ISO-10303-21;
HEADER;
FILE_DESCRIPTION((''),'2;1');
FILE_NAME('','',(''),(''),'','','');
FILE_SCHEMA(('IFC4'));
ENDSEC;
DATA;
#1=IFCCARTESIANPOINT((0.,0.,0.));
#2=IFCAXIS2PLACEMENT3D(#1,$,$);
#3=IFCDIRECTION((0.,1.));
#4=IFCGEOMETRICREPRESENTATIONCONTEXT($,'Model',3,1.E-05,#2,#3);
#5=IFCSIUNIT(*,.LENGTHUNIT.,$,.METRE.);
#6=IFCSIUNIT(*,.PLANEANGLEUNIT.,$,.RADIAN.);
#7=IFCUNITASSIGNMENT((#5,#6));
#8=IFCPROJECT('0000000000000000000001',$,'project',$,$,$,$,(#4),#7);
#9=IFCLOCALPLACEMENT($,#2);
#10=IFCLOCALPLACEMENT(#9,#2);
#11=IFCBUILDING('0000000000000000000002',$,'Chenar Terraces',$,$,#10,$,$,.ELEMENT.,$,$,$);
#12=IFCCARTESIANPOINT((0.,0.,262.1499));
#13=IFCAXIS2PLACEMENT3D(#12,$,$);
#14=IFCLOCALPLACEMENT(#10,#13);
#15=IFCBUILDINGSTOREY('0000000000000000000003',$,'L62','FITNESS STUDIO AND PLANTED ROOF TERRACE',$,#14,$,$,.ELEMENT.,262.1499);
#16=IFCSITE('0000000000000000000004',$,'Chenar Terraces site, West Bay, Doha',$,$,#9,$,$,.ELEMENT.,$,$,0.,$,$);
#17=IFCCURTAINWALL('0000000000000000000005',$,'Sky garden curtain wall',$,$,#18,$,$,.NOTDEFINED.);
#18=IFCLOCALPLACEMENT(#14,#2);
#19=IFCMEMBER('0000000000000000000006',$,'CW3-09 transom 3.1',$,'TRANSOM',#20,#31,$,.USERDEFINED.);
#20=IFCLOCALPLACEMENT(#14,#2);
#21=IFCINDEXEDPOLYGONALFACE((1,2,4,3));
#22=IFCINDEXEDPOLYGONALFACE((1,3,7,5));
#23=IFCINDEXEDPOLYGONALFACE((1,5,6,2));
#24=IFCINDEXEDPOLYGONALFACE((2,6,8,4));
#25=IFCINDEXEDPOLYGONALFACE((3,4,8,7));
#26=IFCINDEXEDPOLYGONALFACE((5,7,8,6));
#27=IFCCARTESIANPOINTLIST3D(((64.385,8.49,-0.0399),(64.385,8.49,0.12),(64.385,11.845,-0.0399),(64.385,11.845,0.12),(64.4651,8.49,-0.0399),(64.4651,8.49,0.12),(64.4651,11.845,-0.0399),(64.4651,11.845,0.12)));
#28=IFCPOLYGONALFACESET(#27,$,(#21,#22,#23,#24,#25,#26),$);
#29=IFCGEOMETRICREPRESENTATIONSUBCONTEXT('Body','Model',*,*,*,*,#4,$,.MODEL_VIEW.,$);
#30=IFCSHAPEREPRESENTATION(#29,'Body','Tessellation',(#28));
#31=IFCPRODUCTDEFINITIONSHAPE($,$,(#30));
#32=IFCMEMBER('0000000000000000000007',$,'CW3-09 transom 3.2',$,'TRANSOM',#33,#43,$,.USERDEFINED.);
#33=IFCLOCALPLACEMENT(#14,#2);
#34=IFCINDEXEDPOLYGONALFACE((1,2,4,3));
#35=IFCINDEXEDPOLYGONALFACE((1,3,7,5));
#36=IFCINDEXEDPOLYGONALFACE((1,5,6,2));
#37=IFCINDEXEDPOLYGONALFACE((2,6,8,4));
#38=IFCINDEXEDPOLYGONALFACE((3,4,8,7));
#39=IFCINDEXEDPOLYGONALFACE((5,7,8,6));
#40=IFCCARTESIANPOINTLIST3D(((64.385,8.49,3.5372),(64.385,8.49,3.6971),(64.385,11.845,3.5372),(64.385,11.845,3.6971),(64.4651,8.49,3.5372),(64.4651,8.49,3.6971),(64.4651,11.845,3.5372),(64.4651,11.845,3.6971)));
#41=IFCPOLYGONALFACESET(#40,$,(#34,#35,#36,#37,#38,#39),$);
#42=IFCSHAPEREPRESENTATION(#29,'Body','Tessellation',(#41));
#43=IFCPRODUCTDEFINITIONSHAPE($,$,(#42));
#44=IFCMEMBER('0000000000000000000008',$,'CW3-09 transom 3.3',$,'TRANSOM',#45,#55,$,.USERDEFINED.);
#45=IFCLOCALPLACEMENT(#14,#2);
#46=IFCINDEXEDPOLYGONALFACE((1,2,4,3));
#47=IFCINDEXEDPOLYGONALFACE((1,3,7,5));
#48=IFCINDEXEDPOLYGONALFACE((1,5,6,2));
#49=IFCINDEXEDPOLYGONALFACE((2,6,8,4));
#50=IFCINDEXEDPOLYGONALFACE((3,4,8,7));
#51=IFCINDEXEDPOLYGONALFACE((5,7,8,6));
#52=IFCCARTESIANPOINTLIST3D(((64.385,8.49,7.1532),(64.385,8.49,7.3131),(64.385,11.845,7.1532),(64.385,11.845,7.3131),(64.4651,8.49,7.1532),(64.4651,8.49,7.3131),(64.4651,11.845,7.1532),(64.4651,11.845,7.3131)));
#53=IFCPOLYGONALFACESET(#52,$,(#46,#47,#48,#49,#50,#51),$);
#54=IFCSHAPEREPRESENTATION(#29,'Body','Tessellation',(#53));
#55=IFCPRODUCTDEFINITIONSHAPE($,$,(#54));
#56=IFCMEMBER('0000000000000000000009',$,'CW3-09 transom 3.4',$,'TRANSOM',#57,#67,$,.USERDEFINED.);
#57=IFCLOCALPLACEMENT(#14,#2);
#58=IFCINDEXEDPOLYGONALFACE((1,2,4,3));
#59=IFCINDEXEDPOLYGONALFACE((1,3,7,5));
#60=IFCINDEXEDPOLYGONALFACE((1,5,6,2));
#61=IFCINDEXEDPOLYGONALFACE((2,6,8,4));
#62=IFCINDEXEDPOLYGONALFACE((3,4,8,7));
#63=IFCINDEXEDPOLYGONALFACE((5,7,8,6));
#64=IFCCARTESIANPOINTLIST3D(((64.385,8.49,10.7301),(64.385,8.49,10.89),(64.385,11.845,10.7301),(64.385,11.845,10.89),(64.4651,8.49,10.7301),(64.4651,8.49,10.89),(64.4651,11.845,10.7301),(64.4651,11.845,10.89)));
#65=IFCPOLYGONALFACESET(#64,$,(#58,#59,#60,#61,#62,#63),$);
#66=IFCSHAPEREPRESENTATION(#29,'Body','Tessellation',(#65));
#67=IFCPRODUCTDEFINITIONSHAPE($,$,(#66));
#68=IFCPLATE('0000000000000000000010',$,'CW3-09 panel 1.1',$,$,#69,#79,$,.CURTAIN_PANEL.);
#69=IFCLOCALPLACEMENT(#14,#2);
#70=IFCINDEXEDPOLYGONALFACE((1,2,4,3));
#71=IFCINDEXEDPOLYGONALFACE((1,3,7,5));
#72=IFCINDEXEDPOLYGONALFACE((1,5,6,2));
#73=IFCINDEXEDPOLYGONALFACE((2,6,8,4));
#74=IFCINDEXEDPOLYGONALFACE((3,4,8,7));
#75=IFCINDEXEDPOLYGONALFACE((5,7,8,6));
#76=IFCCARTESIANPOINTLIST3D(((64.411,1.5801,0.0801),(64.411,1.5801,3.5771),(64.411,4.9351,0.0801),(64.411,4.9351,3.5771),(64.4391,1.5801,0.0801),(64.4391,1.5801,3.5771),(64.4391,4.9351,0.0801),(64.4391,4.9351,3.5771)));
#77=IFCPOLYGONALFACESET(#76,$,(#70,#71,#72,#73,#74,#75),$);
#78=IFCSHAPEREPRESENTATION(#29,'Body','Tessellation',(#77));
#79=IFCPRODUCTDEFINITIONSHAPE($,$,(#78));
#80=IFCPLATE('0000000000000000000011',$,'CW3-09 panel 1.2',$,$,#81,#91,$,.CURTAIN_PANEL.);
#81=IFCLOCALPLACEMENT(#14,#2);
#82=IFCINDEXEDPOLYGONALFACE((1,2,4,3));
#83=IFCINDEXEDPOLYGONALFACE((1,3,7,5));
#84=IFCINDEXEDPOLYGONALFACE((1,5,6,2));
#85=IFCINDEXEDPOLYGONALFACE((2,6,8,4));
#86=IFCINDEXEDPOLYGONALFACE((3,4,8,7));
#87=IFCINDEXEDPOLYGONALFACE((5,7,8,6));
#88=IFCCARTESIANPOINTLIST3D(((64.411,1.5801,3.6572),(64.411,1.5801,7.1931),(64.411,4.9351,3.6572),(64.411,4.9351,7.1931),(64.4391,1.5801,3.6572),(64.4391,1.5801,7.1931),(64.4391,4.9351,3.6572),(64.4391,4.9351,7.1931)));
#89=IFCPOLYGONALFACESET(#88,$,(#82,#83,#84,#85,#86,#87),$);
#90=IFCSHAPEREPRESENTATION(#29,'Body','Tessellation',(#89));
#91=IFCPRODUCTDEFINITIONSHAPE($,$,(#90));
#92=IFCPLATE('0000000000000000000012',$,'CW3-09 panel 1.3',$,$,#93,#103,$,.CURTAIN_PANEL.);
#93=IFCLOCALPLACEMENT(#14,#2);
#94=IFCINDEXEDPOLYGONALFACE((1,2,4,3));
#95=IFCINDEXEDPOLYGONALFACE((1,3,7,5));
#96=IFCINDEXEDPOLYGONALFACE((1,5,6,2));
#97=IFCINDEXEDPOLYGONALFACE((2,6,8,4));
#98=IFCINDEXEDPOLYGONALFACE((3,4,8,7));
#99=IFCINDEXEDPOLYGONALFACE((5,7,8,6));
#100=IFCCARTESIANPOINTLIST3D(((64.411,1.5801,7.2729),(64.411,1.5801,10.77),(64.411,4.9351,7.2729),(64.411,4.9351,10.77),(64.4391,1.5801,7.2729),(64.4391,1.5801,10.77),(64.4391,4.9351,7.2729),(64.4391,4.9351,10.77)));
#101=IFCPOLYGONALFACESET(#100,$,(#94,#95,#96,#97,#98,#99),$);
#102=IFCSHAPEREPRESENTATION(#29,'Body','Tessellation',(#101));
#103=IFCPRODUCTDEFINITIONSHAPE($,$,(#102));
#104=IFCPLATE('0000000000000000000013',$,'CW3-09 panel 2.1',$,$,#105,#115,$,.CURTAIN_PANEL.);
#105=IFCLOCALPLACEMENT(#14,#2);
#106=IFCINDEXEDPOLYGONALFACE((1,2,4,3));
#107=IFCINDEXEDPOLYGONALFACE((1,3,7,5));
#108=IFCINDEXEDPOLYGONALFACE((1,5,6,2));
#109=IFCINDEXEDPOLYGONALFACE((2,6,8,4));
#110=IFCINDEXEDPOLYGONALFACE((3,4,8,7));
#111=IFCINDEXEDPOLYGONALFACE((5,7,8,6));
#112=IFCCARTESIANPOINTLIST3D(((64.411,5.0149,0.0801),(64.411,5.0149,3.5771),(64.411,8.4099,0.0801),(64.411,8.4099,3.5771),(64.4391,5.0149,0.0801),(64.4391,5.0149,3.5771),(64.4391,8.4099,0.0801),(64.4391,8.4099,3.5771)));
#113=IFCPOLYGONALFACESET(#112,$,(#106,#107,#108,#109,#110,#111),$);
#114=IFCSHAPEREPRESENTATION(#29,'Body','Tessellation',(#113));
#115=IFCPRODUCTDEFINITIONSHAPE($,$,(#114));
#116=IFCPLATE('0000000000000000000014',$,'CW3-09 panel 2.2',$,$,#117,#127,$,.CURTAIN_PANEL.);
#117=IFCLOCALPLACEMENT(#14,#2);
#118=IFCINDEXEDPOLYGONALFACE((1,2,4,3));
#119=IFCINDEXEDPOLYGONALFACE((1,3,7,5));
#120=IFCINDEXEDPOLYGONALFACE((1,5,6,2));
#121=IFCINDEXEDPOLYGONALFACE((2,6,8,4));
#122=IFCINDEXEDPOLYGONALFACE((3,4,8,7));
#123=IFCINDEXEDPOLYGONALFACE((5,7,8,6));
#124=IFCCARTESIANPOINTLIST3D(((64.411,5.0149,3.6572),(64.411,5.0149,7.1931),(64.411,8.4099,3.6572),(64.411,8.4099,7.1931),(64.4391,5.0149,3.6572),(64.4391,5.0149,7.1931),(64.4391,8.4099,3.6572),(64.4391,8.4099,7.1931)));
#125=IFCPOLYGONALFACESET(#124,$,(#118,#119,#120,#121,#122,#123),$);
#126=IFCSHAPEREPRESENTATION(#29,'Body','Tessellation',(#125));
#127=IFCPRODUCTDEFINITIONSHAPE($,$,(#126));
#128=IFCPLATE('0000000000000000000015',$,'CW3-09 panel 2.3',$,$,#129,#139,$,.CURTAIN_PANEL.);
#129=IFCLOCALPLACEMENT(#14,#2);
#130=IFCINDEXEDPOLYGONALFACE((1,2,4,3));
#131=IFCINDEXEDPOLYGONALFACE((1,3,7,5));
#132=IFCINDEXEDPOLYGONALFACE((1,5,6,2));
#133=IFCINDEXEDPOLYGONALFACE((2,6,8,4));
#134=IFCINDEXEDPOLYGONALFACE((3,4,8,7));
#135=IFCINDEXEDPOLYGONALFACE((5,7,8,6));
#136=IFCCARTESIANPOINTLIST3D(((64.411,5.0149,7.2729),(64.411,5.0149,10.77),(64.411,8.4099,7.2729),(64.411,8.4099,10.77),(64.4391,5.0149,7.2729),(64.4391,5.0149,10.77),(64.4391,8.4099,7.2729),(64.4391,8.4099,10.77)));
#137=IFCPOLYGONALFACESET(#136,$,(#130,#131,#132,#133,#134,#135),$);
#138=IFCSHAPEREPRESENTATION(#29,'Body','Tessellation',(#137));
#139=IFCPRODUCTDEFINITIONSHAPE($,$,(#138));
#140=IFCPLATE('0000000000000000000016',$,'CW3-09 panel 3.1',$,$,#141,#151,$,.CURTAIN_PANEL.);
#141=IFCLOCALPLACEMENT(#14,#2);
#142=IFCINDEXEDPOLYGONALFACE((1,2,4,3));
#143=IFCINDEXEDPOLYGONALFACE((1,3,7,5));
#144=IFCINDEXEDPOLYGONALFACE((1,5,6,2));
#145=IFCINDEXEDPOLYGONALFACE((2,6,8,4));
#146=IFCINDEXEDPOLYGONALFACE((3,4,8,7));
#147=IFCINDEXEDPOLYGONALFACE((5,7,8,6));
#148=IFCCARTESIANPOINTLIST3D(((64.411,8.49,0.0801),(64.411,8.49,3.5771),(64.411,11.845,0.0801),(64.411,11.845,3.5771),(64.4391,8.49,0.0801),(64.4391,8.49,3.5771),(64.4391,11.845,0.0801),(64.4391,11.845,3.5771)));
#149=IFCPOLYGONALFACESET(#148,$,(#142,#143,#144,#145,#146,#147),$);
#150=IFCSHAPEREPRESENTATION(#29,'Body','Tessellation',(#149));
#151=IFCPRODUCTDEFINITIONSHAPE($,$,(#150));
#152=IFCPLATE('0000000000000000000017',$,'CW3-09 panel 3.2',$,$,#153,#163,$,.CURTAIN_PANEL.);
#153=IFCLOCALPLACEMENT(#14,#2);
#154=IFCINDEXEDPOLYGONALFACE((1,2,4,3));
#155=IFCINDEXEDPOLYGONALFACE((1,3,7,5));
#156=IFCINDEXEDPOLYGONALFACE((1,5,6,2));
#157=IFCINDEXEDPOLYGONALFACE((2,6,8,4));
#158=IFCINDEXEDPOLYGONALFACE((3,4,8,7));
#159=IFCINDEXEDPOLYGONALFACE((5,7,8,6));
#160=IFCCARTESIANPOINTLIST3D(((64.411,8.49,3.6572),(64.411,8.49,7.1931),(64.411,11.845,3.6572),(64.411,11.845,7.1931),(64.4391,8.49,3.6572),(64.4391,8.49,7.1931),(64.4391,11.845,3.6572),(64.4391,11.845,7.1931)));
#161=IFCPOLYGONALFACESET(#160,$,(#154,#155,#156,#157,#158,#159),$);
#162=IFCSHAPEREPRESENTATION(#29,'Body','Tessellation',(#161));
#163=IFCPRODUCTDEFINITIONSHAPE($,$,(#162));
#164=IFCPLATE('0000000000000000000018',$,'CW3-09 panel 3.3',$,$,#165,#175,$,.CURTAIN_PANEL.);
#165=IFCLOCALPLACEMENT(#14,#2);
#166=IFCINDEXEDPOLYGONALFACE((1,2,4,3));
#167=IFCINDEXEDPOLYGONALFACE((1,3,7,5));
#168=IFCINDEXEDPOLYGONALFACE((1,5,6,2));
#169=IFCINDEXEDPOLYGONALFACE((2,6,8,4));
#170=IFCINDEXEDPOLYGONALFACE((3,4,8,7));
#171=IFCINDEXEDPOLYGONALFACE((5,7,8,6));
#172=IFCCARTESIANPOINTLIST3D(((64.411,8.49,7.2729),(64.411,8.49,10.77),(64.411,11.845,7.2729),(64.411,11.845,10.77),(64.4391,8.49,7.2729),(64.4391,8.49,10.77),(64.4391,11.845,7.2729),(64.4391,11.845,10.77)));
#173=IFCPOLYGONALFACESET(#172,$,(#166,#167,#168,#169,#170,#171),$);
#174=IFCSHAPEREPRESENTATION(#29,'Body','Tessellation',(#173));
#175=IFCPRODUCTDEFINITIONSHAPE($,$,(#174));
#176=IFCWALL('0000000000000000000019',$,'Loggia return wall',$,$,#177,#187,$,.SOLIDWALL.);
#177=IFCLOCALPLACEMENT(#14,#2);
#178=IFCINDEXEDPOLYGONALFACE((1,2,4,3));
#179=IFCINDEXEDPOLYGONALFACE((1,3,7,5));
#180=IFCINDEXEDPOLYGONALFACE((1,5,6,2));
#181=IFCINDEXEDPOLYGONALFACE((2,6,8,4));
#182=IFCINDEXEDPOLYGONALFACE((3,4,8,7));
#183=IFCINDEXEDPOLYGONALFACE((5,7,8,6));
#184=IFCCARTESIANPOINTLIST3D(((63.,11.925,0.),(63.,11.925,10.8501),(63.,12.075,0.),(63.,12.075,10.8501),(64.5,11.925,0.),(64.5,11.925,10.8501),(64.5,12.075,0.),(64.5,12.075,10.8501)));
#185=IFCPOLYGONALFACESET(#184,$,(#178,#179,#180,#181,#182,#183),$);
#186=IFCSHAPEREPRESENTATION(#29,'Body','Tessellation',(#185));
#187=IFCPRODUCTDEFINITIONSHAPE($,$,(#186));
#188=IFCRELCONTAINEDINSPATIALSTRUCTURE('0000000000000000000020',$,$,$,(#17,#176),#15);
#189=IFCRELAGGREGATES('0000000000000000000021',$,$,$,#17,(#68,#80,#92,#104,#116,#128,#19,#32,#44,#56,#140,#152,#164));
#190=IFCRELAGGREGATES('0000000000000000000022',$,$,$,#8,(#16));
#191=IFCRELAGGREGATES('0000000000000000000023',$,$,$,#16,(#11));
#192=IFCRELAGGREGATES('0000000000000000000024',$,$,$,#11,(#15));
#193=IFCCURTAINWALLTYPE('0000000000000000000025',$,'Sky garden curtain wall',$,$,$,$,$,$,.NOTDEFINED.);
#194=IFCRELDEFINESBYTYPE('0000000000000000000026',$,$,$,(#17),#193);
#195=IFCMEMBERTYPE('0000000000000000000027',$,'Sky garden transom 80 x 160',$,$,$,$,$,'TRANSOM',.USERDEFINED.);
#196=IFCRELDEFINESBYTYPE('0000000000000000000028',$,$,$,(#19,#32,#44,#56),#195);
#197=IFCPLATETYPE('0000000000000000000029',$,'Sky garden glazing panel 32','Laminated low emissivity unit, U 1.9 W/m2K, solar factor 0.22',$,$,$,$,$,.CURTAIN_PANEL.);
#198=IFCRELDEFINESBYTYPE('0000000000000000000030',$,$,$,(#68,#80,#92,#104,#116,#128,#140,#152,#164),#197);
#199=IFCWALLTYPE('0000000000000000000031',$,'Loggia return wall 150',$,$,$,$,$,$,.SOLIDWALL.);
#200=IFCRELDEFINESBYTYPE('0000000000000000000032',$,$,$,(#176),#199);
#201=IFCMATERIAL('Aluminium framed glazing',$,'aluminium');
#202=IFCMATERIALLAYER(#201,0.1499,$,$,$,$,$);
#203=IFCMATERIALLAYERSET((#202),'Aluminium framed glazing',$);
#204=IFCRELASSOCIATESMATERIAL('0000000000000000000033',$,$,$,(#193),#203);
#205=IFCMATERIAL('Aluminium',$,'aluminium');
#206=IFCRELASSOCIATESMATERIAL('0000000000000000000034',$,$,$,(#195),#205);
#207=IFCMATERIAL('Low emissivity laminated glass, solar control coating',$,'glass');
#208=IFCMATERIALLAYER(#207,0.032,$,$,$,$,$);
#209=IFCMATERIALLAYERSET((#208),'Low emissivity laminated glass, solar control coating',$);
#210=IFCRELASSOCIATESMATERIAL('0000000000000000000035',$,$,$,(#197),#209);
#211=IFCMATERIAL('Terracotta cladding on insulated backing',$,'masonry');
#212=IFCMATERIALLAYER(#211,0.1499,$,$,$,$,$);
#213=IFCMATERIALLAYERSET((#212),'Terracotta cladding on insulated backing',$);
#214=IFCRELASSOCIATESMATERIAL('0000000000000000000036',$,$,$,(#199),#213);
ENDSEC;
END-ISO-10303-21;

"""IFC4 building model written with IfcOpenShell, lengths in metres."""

from ifc_helpers import new_model, si_unit, direction, frame, frame_2d, origin, origin_2d, place, context, subcontext, project, spatial, rectangle, extrude, material, layer, layer_set, material_profile, profile_set, type_object, element, aggregate, save


model = new_model("IFC4")

# Units and contexts
model_context = context("Model", 3, precision=1e-05, world=origin(), true_north=direction((0.0, 1.0)))
body_context = subcontext(model_context, "Body", "Model", "MODEL_VIEW")
ifc_project = project(units=[si_unit("LENGTHUNIT", "METRE"), si_unit("PLANEANGLEUNIT", "RADIAN")], contexts=[model_context])

# Site, building, storey
site_placement = place(None, origin())
site = spatial("IfcSite", under=ifc_project, at=site_placement, Name="Chenar Terraces site, West Bay, Doha", CompositionType="ELEMENT", RefElevation=0.0)
building_placement = place(site_placement, origin())
building = spatial("IfcBuilding", under=site, at=building_placement, Name="Chenar Terraces", CompositionType="ELEMENT")
storey_placement = place(building_placement, frame((0.0, 0.0, 262.1499)))
storey = spatial("IfcBuildingStorey", under=building, at=storey_placement, Name="L62", Description="FITNESS STUDIO AND PLANTED ROOF TERRACE", CompositionType="ELEMENT", Elevation=262.1499)

# Curtain wall, members, plates
ifc_material_1 = material(Name="Aluminium framed glazing", Category="aluminium")
ifc_layer_1 = layer(ifc_material_1, 0.1499)
ifc_layer_set_1 = layer_set([ifc_layer_1], Name="Aluminium framed glazing")
curtain_wall_type = type_object("IfcCurtainWallType", Name="Sky garden curtain wall", PredefinedType="NOTDEFINED", material=ifc_layer_set_1)
curtain_wall_placement = place(storey_placement, origin())
curtain_wall = element("IfcCurtainWall", 1, at=curtain_wall_placement, inside=storey, type_object=curtain_wall_type, Name="Sky garden curtain wall", PredefinedType="NOTDEFINED")
ifc_material_2 = material(Name="Aluminium", Category="aluminium")
ifc_material_profile_1 = material_profile(ifc_material_2, rectangle(XDim=0.0801, YDim=0.1599, at=origin_2d()), Name="Sky garden transom 80 x 160")
ifc_profile_set_1 = profile_set([ifc_material_profile_1], Name="Aluminium")
member_type_1 = type_object("IfcMemberType", Name="Sky garden transom 80 x 160", ElementType="TRANSOM", PredefinedType="USERDEFINED", material=ifc_profile_set_1)
member_1_placement = place(storey_placement, frame((64.425, 8.49, 0.04), z_axis=(0.0, 1.0, 0.0), x_axis=(-1.0, 0.0, 0.0)))
member_1 = element("IfcMember", 2, at=member_1_placement, type_object=member_type_1, Name="CW3-09 transom 3.1", ObjectType="TRANSOM", PredefinedType="USERDEFINED", context=body_context, shape_type="SweptSolid", body=[
    extrude(rectangle(XDim=0.0801, YDim=0.1599, at=origin_2d()), origin(), (0.0, 0.0, 1.0), 3.355),
])
member_2_placement = place(storey_placement, frame((64.425, 8.49, 3.6172), z_axis=(0.0, 1.0, 0.0), x_axis=(-1.0, 0.0, 0.0)))
member_2 = element("IfcMember", 3, at=member_2_placement, type_object=member_type_1, Name="CW3-09 transom 3.2", ObjectType="TRANSOM", PredefinedType="USERDEFINED", context=body_context, shape_type="SweptSolid", body=[
    extrude(rectangle(XDim=0.0801, YDim=0.1599, at=origin_2d()), origin(), (0.0, 0.0, 1.0), 3.355),
])
member_3_placement = place(storey_placement, frame((64.425, 8.49, 7.2332), z_axis=(0.0, 1.0, 0.0), x_axis=(-1.0, 0.0, 0.0)))
member_3 = element("IfcMember", 4, at=member_3_placement, type_object=member_type_1, Name="CW3-09 transom 3.3", ObjectType="TRANSOM", PredefinedType="USERDEFINED", context=body_context, shape_type="SweptSolid", body=[
    extrude(rectangle(XDim=0.0801, YDim=0.1599, at=origin_2d()), origin(), (0.0, 0.0, 1.0), 3.355),
])
member_4_placement = place(storey_placement, frame((64.425, 8.49, 10.8101), z_axis=(0.0, 1.0, 0.0), x_axis=(-1.0, 0.0, 0.0)))
member_4 = element("IfcMember", 5, at=member_4_placement, type_object=member_type_1, Name="CW3-09 transom 3.4", ObjectType="TRANSOM", PredefinedType="USERDEFINED", context=body_context, shape_type="SweptSolid", body=[
    extrude(rectangle(XDim=0.0801, YDim=0.1599, at=origin_2d()), origin(), (0.0, 0.0, 1.0), 3.355),
])
ifc_material_3 = material(Name="Low emissivity laminated glass, solar control coating", Category="glass")
ifc_layer_2 = layer(ifc_material_3, 0.032)
ifc_layer_set_2 = layer_set([ifc_layer_2], Name="Low emissivity laminated glass, solar control coating")
plate_type = type_object("IfcPlateType", Name="Sky garden glazing panel 32", Description="Laminated low emissivity unit, U 1.9 W/m2K, solar factor 0.22", PredefinedType="CURTAIN_PANEL", material=ifc_layer_set_2)
plate_1_placement = place(storey_placement, frame((64.425, 3.2576, 0.0801), z_axis=(0.0, 0.0, 1.0), x_axis=(0.0, 1.0, 0.0)))
plate_1 = element("IfcPlate", 6, at=plate_1_placement, type_object=plate_type, Name="CW3-09 panel 1.1", PredefinedType="CURTAIN_PANEL", context=body_context, shape_type="SweptSolid", body=[
    extrude(rectangle(XDim=3.355, YDim=0.0281, at=origin_2d()), origin(), (0.0, 0.0, 1.0), 3.4971),
])
plate_2_placement = place(storey_placement, frame((64.425, 3.2576, 3.6572), z_axis=(0.0, 0.0, 1.0), x_axis=(0.0, 1.0, 0.0)))
plate_2 = element("IfcPlate", 7, at=plate_2_placement, type_object=plate_type, Name="CW3-09 panel 1.2", PredefinedType="CURTAIN_PANEL", context=body_context, shape_type="SweptSolid", body=[
    extrude(rectangle(XDim=3.355, YDim=0.0281, at=origin_2d()), origin(), (0.0, 0.0, 1.0), 3.5359),
])
plate_3_placement = place(storey_placement, frame((64.425, 3.2576, 7.2729), z_axis=(0.0, 0.0, 1.0), x_axis=(0.0, 1.0, 0.0)))
plate_3 = element("IfcPlate", 8, at=plate_3_placement, type_object=plate_type, Name="CW3-09 panel 1.3", PredefinedType="CURTAIN_PANEL", context=body_context, shape_type="SweptSolid", body=[
    extrude(rectangle(XDim=3.355, YDim=0.0281, at=origin_2d()), origin(), (0.0, 0.0, 1.0), 3.4971),
])
plate_4_placement = place(storey_placement, frame((64.425, 6.7124, 0.0801), z_axis=(0.0, 0.0, 1.0), x_axis=(0.0, 1.0, 0.0)))
plate_4 = element("IfcPlate", 9, at=plate_4_placement, type_object=plate_type, Name="CW3-09 panel 2.1", PredefinedType="CURTAIN_PANEL", context=body_context, shape_type="SweptSolid", body=[
    extrude(rectangle(XDim=3.395, YDim=0.0281, at=origin_2d()), origin(), (0.0, 0.0, 1.0), 3.4971),
])
plate_5_placement = place(storey_placement, frame((64.425, 6.7124, 3.6572), z_axis=(0.0, 0.0, 1.0), x_axis=(0.0, 1.0, 0.0)))
plate_5 = element("IfcPlate", 10, at=plate_5_placement, type_object=plate_type, Name="CW3-09 panel 2.2", PredefinedType="CURTAIN_PANEL", context=body_context, shape_type="SweptSolid", body=[
    extrude(rectangle(XDim=3.395, YDim=0.0281, at=origin_2d()), origin(), (0.0, 0.0, 1.0), 3.5359),
])
plate_6_placement = place(storey_placement, frame((64.425, 6.7124, 7.2729), z_axis=(0.0, 0.0, 1.0), x_axis=(0.0, 1.0, 0.0)))
plate_6 = element("IfcPlate", 11, at=plate_6_placement, type_object=plate_type, Name="CW3-09 panel 2.3", PredefinedType="CURTAIN_PANEL", context=body_context, shape_type="SweptSolid", body=[
    extrude(rectangle(XDim=3.395, YDim=0.0281, at=origin_2d()), origin(), (0.0, 0.0, 1.0), 3.4971),
])
plate_7_placement = place(storey_placement, frame((64.425, 10.1675, 0.0801), z_axis=(0.0, 0.0, 1.0), x_axis=(0.0, 1.0, 0.0)))
plate_7 = element("IfcPlate", 12, at=plate_7_placement, type_object=plate_type, Name="CW3-09 panel 3.1", PredefinedType="CURTAIN_PANEL", context=body_context, shape_type="SweptSolid", body=[
    extrude(rectangle(XDim=3.355, YDim=0.0281, at=origin_2d()), origin(), (0.0, 0.0, 1.0), 3.4971),
])
plate_8_placement = place(storey_placement, frame((64.425, 10.1675, 3.6572), z_axis=(0.0, 0.0, 1.0), x_axis=(0.0, 1.0, 0.0)))
plate_8 = element("IfcPlate", 13, at=plate_8_placement, type_object=plate_type, Name="CW3-09 panel 3.2", PredefinedType="CURTAIN_PANEL", context=body_context, shape_type="SweptSolid", body=[
    extrude(rectangle(XDim=3.355, YDim=0.0281, at=origin_2d()), origin(), (0.0, 0.0, 1.0), 3.5359),
])
plate_9_placement = place(storey_placement, frame((64.425, 10.1675, 7.2729), z_axis=(0.0, 0.0, 1.0), x_axis=(0.0, 1.0, 0.0)))
plate_9 = element("IfcPlate", 14, at=plate_9_placement, type_object=plate_type, Name="CW3-09 panel 3.3", PredefinedType="CURTAIN_PANEL", context=body_context, shape_type="SweptSolid", body=[
    extrude(rectangle(XDim=3.355, YDim=0.0281, at=origin_2d()), origin(), (0.0, 0.0, 1.0), 3.4971),
])
aggregate(curtain_wall, [plate_1, plate_2, plate_3, plate_4, plate_5, plate_6, member_1, member_2, member_3, member_4, plate_7, plate_8, plate_9])

# Wall
ifc_material_4 = material(Name="Terracotta cladding on insulated backing", Category="masonry")
ifc_layer_3 = layer(ifc_material_4, 0.1499)
ifc_layer_set_3 = layer_set([ifc_layer_3], Name="Terracotta cladding on insulated backing")
wall_type = type_object("IfcWallType", Name="Loggia return wall 150", PredefinedType="SOLIDWALL", material=ifc_layer_set_3)
wall_placement = place(storey_placement, frame((64.5, 12.0, 0.0), z_axis=(0.0, 0.0, 1.0), x_axis=(-1.0, 0.0, 0.0)))
element("IfcWall", 15, at=wall_placement, inside=storey, type_object=wall_type, Name="Loggia return wall", PredefinedType="SOLIDWALL", context=body_context, shape_type="SweptSolid", body=[
    extrude(rectangle(XDim=1.5, YDim=0.1499, at=frame_2d((0.75, 0.0))), origin(), (0.0, 0.0, 1.0), 10.8501),
])

save(model, "model.ifc")
